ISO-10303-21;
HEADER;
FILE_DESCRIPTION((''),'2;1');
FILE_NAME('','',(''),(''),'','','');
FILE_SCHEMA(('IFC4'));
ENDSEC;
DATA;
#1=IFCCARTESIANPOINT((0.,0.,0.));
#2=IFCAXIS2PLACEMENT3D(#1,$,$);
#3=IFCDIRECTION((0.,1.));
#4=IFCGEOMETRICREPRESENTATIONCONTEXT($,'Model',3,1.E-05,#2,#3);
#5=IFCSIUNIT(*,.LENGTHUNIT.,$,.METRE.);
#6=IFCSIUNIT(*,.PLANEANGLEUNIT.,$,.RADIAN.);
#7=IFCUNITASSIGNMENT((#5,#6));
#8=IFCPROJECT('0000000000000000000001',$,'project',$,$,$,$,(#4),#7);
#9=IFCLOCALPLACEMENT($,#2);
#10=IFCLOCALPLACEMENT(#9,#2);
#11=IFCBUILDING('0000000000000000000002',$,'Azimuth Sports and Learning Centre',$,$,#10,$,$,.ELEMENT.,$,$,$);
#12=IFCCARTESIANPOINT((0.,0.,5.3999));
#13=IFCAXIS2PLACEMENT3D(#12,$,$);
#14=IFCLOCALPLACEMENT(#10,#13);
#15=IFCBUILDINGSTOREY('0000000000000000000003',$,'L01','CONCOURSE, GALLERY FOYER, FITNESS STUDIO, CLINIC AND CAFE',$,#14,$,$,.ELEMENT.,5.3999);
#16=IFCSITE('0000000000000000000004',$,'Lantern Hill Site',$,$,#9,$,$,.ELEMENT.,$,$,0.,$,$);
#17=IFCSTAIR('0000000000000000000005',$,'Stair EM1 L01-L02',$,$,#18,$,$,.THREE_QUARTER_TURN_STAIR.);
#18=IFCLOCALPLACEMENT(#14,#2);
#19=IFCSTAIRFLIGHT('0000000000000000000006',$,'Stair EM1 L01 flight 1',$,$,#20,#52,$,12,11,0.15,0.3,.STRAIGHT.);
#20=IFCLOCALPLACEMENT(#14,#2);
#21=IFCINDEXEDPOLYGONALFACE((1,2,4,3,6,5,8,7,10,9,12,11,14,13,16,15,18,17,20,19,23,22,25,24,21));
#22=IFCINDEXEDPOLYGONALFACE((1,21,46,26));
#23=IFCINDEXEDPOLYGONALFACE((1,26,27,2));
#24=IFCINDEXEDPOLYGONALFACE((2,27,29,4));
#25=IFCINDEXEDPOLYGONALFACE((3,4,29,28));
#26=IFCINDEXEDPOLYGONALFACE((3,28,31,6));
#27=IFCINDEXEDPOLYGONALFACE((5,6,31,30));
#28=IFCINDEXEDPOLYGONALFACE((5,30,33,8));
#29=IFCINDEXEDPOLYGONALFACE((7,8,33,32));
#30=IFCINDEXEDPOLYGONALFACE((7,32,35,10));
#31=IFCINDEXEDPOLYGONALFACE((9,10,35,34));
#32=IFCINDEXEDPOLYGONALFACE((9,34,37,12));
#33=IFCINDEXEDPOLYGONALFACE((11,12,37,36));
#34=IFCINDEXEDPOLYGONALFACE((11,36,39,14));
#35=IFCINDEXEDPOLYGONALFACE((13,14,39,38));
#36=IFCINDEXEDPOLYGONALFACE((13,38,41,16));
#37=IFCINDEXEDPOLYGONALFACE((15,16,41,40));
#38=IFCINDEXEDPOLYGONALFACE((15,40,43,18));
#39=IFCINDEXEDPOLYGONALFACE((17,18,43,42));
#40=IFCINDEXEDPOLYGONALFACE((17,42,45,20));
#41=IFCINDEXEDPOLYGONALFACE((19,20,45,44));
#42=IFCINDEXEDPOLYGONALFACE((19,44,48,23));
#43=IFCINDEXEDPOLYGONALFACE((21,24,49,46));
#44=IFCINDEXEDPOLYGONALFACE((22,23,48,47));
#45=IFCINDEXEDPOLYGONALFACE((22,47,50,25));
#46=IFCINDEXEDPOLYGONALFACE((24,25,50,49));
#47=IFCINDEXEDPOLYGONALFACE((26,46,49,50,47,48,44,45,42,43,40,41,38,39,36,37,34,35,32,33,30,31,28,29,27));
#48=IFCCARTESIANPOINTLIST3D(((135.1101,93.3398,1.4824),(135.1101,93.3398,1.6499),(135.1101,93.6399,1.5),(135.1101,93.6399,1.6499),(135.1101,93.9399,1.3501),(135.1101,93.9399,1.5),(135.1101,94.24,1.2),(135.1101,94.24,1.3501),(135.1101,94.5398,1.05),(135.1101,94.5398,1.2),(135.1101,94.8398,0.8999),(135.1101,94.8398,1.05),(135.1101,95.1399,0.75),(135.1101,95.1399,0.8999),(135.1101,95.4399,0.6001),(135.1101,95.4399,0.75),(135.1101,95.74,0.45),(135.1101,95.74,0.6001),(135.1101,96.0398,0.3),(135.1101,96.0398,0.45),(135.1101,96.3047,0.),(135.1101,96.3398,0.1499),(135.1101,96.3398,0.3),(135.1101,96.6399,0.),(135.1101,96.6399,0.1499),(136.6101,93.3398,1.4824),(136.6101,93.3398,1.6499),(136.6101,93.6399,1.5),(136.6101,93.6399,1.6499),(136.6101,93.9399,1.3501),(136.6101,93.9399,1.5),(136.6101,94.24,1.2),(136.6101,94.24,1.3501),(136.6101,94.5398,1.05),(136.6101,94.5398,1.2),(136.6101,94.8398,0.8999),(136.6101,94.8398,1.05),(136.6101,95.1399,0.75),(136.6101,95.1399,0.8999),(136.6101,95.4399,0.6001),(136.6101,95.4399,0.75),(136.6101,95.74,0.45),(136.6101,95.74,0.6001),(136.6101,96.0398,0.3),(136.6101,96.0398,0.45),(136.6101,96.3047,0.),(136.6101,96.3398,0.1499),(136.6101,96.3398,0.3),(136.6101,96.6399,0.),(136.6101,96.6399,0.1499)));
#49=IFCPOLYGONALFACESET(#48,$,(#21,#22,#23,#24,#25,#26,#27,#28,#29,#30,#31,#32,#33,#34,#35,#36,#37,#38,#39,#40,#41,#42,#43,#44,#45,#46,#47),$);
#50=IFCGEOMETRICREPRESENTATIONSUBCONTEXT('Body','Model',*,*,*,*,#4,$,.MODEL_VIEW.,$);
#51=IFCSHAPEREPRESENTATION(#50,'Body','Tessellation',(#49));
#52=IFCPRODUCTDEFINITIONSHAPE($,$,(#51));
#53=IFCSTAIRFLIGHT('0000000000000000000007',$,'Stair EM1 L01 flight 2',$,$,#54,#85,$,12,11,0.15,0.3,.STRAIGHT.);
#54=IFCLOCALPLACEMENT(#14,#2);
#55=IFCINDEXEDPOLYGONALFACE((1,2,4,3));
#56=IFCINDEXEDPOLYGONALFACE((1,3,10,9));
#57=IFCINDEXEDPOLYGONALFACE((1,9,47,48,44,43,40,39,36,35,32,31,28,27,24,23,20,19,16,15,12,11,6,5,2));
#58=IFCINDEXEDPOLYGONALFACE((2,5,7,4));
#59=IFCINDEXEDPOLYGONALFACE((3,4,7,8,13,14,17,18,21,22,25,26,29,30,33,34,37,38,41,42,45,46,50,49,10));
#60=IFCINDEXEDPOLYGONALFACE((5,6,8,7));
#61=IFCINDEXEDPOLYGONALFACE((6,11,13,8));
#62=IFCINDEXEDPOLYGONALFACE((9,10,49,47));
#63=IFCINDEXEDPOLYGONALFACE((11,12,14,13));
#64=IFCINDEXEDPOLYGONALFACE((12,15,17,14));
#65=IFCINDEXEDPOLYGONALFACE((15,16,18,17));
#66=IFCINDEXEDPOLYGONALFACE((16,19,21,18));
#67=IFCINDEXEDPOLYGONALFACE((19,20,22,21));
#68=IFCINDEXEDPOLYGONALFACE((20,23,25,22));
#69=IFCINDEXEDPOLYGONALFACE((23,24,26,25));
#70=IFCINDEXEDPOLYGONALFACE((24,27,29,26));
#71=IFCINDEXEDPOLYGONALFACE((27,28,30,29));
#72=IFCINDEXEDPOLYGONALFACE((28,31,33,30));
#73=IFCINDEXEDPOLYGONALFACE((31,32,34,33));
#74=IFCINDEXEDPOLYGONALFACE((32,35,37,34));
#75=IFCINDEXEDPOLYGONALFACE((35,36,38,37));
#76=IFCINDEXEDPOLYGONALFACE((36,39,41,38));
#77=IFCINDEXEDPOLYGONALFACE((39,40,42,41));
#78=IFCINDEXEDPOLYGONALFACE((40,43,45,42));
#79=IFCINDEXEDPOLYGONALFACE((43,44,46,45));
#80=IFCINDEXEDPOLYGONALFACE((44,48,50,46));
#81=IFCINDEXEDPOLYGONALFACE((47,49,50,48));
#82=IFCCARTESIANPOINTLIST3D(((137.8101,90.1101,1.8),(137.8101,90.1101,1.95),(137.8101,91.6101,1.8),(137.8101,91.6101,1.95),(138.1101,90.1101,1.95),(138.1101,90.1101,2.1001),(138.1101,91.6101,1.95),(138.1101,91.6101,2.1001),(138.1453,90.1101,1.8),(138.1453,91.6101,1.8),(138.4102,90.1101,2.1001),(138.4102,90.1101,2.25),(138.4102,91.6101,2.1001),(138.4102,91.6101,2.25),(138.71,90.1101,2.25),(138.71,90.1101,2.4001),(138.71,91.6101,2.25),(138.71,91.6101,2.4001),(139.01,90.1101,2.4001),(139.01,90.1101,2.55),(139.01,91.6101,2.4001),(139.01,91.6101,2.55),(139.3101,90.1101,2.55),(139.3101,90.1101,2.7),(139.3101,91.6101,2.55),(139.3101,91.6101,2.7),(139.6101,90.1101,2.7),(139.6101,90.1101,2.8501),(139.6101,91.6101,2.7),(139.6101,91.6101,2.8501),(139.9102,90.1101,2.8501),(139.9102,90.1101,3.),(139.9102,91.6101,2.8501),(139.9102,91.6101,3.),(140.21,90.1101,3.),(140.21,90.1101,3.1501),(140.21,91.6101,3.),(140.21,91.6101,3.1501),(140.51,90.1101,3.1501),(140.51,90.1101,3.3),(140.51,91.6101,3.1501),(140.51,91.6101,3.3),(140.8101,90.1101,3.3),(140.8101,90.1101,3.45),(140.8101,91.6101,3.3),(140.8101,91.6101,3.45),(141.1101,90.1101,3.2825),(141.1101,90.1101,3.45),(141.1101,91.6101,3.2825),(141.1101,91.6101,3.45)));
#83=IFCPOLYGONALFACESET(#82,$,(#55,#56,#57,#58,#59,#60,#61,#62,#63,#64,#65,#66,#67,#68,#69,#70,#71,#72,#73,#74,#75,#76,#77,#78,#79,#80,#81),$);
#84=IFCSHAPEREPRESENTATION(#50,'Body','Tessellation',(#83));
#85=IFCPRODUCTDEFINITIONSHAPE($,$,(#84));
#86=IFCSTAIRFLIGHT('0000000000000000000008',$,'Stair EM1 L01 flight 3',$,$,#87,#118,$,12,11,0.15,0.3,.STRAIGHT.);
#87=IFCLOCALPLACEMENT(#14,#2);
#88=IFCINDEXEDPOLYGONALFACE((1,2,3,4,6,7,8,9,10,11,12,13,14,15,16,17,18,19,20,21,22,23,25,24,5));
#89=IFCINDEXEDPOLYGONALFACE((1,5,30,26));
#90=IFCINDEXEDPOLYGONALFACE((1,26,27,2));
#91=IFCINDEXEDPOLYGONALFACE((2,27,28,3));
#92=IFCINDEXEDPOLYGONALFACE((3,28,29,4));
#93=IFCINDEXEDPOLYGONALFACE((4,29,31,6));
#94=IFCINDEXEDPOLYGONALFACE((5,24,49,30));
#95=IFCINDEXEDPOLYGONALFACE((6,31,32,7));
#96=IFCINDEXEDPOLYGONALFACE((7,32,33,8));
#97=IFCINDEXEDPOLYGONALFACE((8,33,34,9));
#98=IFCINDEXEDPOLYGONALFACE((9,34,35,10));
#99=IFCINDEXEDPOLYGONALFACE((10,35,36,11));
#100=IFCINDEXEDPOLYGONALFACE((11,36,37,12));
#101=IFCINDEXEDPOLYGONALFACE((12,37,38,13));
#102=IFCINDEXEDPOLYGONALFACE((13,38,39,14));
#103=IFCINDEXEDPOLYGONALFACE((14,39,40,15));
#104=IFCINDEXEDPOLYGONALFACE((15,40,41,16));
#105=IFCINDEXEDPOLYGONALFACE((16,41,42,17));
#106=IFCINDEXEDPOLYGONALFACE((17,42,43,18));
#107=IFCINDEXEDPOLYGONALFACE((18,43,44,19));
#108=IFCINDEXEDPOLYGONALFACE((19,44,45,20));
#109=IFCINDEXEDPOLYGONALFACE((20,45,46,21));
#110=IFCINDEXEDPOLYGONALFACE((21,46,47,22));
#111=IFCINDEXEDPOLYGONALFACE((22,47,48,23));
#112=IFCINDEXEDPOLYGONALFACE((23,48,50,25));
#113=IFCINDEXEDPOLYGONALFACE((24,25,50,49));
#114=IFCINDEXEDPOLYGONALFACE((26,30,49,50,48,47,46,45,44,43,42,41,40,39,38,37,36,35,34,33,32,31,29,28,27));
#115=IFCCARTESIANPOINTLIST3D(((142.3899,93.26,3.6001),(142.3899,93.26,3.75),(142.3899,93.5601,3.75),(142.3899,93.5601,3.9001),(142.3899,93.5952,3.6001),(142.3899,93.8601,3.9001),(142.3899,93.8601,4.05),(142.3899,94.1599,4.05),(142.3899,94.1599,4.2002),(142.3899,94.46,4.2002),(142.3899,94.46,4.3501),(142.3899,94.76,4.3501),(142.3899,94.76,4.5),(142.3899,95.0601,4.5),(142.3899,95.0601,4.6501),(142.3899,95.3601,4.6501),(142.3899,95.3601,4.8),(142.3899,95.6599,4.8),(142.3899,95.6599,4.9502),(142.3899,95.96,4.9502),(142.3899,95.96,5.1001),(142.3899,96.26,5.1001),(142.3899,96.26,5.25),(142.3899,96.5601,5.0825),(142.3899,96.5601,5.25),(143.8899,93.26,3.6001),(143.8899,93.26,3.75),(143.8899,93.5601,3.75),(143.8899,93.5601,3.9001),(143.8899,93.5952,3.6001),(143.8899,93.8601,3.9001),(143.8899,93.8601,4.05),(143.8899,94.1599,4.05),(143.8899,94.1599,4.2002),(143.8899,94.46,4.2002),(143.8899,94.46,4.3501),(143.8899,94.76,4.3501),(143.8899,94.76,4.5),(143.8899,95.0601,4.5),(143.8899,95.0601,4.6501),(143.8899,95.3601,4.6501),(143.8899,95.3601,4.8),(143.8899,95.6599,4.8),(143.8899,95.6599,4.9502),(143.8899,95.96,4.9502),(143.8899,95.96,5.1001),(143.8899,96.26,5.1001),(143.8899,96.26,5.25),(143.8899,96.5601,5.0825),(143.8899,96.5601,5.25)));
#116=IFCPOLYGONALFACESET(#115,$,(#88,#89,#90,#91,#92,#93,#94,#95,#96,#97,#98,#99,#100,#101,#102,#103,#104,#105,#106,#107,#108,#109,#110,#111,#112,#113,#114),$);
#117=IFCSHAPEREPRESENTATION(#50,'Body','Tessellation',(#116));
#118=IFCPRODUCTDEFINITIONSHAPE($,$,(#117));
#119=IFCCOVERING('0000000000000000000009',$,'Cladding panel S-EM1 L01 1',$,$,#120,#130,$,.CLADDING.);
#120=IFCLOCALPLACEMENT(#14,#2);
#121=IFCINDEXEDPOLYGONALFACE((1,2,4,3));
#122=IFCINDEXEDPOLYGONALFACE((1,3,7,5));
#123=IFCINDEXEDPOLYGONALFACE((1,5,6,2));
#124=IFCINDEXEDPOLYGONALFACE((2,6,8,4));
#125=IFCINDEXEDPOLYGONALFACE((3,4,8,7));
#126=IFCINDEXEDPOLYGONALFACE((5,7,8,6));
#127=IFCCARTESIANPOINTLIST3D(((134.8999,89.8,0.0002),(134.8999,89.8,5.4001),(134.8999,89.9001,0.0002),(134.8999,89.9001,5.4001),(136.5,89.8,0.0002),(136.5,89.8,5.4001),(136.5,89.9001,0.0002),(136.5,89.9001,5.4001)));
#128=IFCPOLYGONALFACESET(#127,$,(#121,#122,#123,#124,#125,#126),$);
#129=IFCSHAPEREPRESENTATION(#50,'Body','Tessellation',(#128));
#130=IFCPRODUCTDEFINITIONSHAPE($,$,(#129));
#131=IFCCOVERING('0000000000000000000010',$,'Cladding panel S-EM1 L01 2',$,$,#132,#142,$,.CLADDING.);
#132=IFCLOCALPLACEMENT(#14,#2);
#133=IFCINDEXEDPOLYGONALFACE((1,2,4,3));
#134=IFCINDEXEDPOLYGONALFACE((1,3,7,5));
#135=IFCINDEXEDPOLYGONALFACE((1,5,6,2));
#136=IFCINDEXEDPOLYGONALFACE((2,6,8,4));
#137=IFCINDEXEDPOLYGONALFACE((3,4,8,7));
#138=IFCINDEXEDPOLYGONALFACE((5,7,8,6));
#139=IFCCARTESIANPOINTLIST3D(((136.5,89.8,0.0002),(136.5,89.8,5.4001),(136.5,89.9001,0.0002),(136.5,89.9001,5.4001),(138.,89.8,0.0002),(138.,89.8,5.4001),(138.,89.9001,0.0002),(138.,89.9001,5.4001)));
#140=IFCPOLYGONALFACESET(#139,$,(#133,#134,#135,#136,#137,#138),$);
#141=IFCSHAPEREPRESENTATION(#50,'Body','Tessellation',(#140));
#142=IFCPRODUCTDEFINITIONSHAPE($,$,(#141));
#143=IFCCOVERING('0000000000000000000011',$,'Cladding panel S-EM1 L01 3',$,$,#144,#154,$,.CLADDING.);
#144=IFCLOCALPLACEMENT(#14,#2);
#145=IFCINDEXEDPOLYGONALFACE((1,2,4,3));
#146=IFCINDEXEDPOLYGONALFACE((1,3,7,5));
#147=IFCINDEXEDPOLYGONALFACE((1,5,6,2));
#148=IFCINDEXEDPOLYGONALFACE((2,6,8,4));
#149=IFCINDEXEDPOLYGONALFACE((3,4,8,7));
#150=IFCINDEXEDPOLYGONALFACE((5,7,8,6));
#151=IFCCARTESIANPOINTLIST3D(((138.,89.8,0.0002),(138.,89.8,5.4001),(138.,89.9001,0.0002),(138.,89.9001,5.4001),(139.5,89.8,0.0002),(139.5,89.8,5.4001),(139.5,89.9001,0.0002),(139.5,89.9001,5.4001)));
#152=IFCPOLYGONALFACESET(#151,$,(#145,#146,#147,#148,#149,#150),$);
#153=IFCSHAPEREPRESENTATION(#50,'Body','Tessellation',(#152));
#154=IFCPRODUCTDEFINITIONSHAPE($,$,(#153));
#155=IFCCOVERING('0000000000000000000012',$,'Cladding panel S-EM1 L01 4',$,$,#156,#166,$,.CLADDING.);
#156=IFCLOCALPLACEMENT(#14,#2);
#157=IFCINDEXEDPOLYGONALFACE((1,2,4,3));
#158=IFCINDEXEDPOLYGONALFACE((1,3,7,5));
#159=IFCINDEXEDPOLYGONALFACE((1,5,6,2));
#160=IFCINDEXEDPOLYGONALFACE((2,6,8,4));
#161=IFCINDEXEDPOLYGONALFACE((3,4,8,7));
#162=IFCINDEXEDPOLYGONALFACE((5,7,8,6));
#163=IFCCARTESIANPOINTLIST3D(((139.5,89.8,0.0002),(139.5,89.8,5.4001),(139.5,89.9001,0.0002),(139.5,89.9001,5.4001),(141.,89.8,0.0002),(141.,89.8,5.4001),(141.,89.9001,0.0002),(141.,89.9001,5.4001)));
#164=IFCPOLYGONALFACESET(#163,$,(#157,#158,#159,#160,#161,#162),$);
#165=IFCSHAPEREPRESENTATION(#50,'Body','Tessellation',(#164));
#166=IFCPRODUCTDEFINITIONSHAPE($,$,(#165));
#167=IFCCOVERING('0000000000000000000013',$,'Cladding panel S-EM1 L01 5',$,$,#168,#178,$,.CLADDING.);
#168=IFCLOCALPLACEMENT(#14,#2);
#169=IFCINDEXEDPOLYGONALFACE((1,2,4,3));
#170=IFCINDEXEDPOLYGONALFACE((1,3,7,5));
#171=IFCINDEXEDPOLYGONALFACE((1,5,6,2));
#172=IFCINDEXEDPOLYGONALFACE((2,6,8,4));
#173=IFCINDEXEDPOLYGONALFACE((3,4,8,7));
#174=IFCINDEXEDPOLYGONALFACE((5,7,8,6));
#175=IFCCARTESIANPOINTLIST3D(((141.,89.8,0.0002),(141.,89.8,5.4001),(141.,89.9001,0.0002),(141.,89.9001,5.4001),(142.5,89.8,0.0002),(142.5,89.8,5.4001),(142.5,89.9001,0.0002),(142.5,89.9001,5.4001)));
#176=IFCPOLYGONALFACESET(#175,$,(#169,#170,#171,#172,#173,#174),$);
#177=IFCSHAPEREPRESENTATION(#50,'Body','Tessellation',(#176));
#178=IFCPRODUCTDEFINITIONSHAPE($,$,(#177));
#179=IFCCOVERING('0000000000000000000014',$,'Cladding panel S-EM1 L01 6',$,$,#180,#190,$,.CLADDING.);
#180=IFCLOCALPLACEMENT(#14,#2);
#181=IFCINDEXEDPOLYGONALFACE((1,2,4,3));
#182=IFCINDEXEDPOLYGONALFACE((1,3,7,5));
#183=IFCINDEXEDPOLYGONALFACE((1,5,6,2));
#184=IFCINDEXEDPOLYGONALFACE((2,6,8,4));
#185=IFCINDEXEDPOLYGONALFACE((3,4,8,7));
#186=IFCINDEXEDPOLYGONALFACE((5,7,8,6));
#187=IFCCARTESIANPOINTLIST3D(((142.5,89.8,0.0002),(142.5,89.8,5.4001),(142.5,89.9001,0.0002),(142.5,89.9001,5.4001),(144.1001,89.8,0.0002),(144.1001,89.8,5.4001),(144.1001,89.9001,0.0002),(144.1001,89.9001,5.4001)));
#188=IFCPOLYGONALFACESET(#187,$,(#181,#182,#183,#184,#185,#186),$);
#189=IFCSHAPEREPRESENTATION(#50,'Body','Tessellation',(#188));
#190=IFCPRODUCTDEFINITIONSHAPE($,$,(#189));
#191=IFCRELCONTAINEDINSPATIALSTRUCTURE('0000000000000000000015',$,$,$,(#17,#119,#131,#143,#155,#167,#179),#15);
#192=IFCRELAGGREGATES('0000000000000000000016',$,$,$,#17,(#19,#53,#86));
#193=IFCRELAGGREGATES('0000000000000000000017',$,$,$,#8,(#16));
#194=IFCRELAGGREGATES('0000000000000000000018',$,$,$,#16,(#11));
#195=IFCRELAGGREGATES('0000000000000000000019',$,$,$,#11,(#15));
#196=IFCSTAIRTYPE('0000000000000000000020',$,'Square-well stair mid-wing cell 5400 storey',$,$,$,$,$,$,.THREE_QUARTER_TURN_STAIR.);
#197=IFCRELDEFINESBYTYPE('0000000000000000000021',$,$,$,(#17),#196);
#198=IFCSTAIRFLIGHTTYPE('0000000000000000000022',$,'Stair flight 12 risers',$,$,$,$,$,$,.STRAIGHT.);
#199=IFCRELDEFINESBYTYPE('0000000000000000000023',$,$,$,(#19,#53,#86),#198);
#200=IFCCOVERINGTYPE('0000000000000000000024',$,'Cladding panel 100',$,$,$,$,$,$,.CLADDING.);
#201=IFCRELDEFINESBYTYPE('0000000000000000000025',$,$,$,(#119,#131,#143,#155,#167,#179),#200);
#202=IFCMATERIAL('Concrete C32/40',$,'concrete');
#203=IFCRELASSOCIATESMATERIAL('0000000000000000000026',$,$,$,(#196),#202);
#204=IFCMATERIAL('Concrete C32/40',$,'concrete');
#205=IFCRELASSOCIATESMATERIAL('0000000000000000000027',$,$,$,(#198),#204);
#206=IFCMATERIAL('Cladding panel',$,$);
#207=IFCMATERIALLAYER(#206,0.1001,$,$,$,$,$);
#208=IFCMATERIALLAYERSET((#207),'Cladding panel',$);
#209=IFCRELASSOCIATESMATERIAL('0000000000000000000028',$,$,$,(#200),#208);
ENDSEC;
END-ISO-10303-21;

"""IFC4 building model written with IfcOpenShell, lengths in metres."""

from ifc_helpers import new_model, si_unit, direction, frame, origin, origin_2d, place, context, subcontext, project, spatial, polyline, rectangle, outline, extrude, material, layer, layer_set, type_object, element, aggregate, save


model = new_model("IFC4")

# Units and contexts
model_context = context("Model", 3, precision=1e-05, world=origin(), true_north=direction((0.0, 1.0)))
body_context = subcontext(model_context, "Body", "Model", "MODEL_VIEW")
ifc_project = project(units=[si_unit("LENGTHUNIT", "METRE"), si_unit("PLANEANGLEUNIT", "RADIAN")], contexts=[model_context])

# Site, building, storey
site_placement = place(None, origin())
site = spatial("IfcSite", under=ifc_project, at=site_placement, Name="Lantern Hill Site", CompositionType="ELEMENT", RefElevation=0.0)
building_placement = place(site_placement, origin())
building = spatial("IfcBuilding", under=site, at=building_placement, Name="Azimuth Sports and Learning Centre", CompositionType="ELEMENT")
storey_placement = place(building_placement, frame((0.0, 0.0, 5.3999)))
storey = spatial("IfcBuildingStorey", under=building, at=storey_placement, Name="L01", Description="CONCOURSE, GALLERY FOYER, FITNESS STUDIO, CLINIC AND CAFE", CompositionType="ELEMENT", Elevation=5.3999)

# Stair, stair flights
ifc_material_1 = material(Name="Concrete C32/40", Category="concrete")
stair_type = type_object("IfcStairType", Name="Square-well stair mid-wing cell 5400 storey", PredefinedType="THREE_QUARTER_TURN_STAIR", material=ifc_material_1)
stair_placement = place(storey_placement, origin())
stair = element("IfcStair", 1, at=stair_placement, inside=storey, type_object=stair_type, Name="Stair EM1 L01-L02", PredefinedType="THREE_QUARTER_TURN_STAIR")
ifc_material_2 = material(Name="Concrete C32/40", Category="concrete")
stair_flight_type = type_object("IfcStairFlightType", Name="Stair flight 12 risers", PredefinedType="STRAIGHT", material=ifc_material_2)
stair_flight_1_placement = place(storey_placement, frame((135.8601, 96.6399, 0.0), z_axis=(0.0, 0.0, 1.0), x_axis=(0.0, -1.0, 0.0)))
stair_flight_1 = element("IfcStairFlight", 2, at=stair_flight_1_placement, type_object=stair_flight_type, Name="Stair EM1 L01 flight 1", NumberOfRisers=12, NumberOfTreads=11, PredefinedType="STRAIGHT", RiserHeight=0.15, TreadLength=0.3, context=body_context, shape_type="SweptSolid", body=[
    extrude(outline(polyline([(0.0, 0.0), (0.0, 0.1499), (0.3, 0.1499), (0.3, 0.3), (0.6001, 0.3), (0.6001, 0.45), (0.8999, 0.45), (0.8999, 0.6001), (1.2, 0.6001), (1.2, 0.75), (1.5, 0.75), (1.5, 0.8999), (1.8, 0.8999), (1.8, 1.05), (2.1001, 1.05), (2.1001, 1.2), (2.3999, 1.2), (2.3999, 1.3501), (2.7, 1.3501), (2.7, 1.5), (3.0, 1.5), (3.0, 1.6499), (3.3, 1.6499), (3.3, 1.8), (3.3, 1.4824), (0.3352, 0.0), (0.0, 0.0)])), frame((0.0, 0.75, 0.0), z_axis=(0.0, -1.0, 0.0), x_axis=(1.0, 0.0, 0.0)), (0.0, 0.0, 1.0), 1.5),
])
stair_flight_2_placement = place(storey_placement, frame((137.8101, 90.8601, 1.8), z_axis=(0.0, 0.0, 1.0), x_axis=(1.0, 0.0, 0.0)))
stair_flight_2 = element("IfcStairFlight", 3, at=stair_flight_2_placement, type_object=stair_flight_type, Name="Stair EM1 L01 flight 2", NumberOfRisers=12, NumberOfTreads=11, PredefinedType="STRAIGHT", RiserHeight=0.15, TreadLength=0.3, context=body_context, shape_type="SweptSolid", body=[
    extrude(outline(polyline([(0.0, 0.0), (0.0, 0.1499), (0.3, 0.1499), (0.3, 0.3), (0.6001, 0.3), (0.6001, 0.45), (0.8999, 0.45), (0.8999, 0.6001), (1.2, 0.6001), (1.2, 0.75), (1.5, 0.75), (1.5, 0.8999), (1.8, 0.8999), (1.8, 1.05), (2.1001, 1.05), (2.1001, 1.2), (2.3999, 1.2), (2.3999, 1.3501), (2.7, 1.3501), (2.7, 1.5), (3.0, 1.5), (3.0, 1.6499), (3.3, 1.6499), (3.3, 1.8), (3.3, 1.4824), (0.3352, 0.0), (0.0, 0.0)])), frame((0.0, 0.75, 0.0), z_axis=(0.0, -1.0, 0.0), x_axis=(1.0, 0.0, 0.0)), (0.0, 0.0, 1.0), 1.5),
])
stair_flight_3_placement = place(storey_placement, frame((143.1399, 93.26, 3.6001), z_axis=(0.0, 0.0, 1.0), x_axis=(0.0, 1.0, 0.0)))
stair_flight_3 = element("IfcStairFlight", 4, at=stair_flight_3_placement, type_object=stair_flight_type, Name="Stair EM1 L01 flight 3", NumberOfRisers=12, NumberOfTreads=11, PredefinedType="STRAIGHT", RiserHeight=0.15, TreadLength=0.3, context=body_context, shape_type="SweptSolid", body=[
    extrude(outline(polyline([(0.0, 0.0), (0.0, 0.1499), (0.3, 0.1499), (0.3, 0.3), (0.6001, 0.3), (0.6001, 0.45), (0.8999, 0.45), (0.8999, 0.6001), (1.2, 0.6001), (1.2, 0.75), (1.5, 0.75), (1.5, 0.8999), (1.8, 0.8999), (1.8, 1.05), (2.1001, 1.05), (2.1001, 1.2), (2.3999, 1.2), (2.3999, 1.3501), (2.7, 1.3501), (2.7, 1.5), (3.0, 1.5), (3.0, 1.6499), (3.3, 1.6499), (3.3, 1.8), (3.3, 1.4824), (0.3352, 0.0), (0.0, 0.0)])), frame((0.0, 0.75, 0.0), z_axis=(0.0, -1.0, 0.0), x_axis=(1.0, 0.0, 0.0)), (0.0, 0.0, 1.0), 1.5),
])
aggregate(stair, [stair_flight_1, stair_flight_2, stair_flight_3])

# Coverings
ifc_material_3 = material(Name="Cladding panel")
ifc_layer_1 = layer(ifc_material_3, 0.1001)
ifc_layer_set_1 = layer_set([ifc_layer_1], Name="Cladding panel")
covering_type = type_object("IfcCoveringType", Name="Cladding panel 100", PredefinedType="CLADDING", material=ifc_layer_set_1)
covering_1_placement = place(storey_placement, frame((135.7, 89.8501, 0.0002), z_axis=(0.0, 0.0, 1.0), x_axis=(1.0, 0.0, 0.0)))
element("IfcCovering", 5, at=covering_1_placement, inside=storey, type_object=covering_type, Name="Cladding panel S-EM1 L01 1", PredefinedType="CLADDING", context=body_context, shape_type="SweptSolid", body=[
    extrude(rectangle(XDim=1.6001, YDim=0.1001, at=origin_2d()), origin(), (0.0, 0.0, 1.0), 5.3999),
])
for number, where, z_axis, x_axis, name in (
    (6, (137.25, 89.8501, 0.0002), (0.0, 0.0, 1.0), (1.0, 0.0, 0.0), "Cladding panel S-EM1 L01 2"),
    (7, (138.75, 89.8501, 0.0002), (0.0, 0.0, 1.0), (1.0, 0.0, 0.0), "Cladding panel S-EM1 L01 3"),
    (8, (140.25, 89.8501, 0.0002), (0.0, 0.0, 1.0), (1.0, 0.0, 0.0), "Cladding panel S-EM1 L01 4"),
    (9, (141.75, 89.8501, 0.0002), (0.0, 0.0, 1.0), (1.0, 0.0, 0.0), "Cladding panel S-EM1 L01 5"),
):
    element("IfcCovering", number, at=place(storey_placement, frame(where, z_axis=z_axis, x_axis=x_axis)), inside=storey, type_object=covering_type, Name=name, PredefinedType="CLADDING", context=body_context, shape_type="SweptSolid", body=[
        extrude(rectangle(XDim=1.5, YDim=0.1001, at=origin_2d()), origin(), (0.0, 0.0, 1.0), 5.3999),
    ])
covering_2_placement = place(storey_placement, frame((143.3, 89.8501, 0.0002), z_axis=(0.0, 0.0, 1.0), x_axis=(1.0, 0.0, 0.0)))
element("IfcCovering", 10, at=covering_2_placement, inside=storey, type_object=covering_type, Name="Cladding panel S-EM1 L01 6", PredefinedType="CLADDING", context=body_context, shape_type="SweptSolid", body=[
    extrude(rectangle(XDim=1.6001, YDim=0.1001, at=origin_2d()), origin(), (0.0, 0.0, 1.0), 5.3999),
])

save(model, "model.ifc")
